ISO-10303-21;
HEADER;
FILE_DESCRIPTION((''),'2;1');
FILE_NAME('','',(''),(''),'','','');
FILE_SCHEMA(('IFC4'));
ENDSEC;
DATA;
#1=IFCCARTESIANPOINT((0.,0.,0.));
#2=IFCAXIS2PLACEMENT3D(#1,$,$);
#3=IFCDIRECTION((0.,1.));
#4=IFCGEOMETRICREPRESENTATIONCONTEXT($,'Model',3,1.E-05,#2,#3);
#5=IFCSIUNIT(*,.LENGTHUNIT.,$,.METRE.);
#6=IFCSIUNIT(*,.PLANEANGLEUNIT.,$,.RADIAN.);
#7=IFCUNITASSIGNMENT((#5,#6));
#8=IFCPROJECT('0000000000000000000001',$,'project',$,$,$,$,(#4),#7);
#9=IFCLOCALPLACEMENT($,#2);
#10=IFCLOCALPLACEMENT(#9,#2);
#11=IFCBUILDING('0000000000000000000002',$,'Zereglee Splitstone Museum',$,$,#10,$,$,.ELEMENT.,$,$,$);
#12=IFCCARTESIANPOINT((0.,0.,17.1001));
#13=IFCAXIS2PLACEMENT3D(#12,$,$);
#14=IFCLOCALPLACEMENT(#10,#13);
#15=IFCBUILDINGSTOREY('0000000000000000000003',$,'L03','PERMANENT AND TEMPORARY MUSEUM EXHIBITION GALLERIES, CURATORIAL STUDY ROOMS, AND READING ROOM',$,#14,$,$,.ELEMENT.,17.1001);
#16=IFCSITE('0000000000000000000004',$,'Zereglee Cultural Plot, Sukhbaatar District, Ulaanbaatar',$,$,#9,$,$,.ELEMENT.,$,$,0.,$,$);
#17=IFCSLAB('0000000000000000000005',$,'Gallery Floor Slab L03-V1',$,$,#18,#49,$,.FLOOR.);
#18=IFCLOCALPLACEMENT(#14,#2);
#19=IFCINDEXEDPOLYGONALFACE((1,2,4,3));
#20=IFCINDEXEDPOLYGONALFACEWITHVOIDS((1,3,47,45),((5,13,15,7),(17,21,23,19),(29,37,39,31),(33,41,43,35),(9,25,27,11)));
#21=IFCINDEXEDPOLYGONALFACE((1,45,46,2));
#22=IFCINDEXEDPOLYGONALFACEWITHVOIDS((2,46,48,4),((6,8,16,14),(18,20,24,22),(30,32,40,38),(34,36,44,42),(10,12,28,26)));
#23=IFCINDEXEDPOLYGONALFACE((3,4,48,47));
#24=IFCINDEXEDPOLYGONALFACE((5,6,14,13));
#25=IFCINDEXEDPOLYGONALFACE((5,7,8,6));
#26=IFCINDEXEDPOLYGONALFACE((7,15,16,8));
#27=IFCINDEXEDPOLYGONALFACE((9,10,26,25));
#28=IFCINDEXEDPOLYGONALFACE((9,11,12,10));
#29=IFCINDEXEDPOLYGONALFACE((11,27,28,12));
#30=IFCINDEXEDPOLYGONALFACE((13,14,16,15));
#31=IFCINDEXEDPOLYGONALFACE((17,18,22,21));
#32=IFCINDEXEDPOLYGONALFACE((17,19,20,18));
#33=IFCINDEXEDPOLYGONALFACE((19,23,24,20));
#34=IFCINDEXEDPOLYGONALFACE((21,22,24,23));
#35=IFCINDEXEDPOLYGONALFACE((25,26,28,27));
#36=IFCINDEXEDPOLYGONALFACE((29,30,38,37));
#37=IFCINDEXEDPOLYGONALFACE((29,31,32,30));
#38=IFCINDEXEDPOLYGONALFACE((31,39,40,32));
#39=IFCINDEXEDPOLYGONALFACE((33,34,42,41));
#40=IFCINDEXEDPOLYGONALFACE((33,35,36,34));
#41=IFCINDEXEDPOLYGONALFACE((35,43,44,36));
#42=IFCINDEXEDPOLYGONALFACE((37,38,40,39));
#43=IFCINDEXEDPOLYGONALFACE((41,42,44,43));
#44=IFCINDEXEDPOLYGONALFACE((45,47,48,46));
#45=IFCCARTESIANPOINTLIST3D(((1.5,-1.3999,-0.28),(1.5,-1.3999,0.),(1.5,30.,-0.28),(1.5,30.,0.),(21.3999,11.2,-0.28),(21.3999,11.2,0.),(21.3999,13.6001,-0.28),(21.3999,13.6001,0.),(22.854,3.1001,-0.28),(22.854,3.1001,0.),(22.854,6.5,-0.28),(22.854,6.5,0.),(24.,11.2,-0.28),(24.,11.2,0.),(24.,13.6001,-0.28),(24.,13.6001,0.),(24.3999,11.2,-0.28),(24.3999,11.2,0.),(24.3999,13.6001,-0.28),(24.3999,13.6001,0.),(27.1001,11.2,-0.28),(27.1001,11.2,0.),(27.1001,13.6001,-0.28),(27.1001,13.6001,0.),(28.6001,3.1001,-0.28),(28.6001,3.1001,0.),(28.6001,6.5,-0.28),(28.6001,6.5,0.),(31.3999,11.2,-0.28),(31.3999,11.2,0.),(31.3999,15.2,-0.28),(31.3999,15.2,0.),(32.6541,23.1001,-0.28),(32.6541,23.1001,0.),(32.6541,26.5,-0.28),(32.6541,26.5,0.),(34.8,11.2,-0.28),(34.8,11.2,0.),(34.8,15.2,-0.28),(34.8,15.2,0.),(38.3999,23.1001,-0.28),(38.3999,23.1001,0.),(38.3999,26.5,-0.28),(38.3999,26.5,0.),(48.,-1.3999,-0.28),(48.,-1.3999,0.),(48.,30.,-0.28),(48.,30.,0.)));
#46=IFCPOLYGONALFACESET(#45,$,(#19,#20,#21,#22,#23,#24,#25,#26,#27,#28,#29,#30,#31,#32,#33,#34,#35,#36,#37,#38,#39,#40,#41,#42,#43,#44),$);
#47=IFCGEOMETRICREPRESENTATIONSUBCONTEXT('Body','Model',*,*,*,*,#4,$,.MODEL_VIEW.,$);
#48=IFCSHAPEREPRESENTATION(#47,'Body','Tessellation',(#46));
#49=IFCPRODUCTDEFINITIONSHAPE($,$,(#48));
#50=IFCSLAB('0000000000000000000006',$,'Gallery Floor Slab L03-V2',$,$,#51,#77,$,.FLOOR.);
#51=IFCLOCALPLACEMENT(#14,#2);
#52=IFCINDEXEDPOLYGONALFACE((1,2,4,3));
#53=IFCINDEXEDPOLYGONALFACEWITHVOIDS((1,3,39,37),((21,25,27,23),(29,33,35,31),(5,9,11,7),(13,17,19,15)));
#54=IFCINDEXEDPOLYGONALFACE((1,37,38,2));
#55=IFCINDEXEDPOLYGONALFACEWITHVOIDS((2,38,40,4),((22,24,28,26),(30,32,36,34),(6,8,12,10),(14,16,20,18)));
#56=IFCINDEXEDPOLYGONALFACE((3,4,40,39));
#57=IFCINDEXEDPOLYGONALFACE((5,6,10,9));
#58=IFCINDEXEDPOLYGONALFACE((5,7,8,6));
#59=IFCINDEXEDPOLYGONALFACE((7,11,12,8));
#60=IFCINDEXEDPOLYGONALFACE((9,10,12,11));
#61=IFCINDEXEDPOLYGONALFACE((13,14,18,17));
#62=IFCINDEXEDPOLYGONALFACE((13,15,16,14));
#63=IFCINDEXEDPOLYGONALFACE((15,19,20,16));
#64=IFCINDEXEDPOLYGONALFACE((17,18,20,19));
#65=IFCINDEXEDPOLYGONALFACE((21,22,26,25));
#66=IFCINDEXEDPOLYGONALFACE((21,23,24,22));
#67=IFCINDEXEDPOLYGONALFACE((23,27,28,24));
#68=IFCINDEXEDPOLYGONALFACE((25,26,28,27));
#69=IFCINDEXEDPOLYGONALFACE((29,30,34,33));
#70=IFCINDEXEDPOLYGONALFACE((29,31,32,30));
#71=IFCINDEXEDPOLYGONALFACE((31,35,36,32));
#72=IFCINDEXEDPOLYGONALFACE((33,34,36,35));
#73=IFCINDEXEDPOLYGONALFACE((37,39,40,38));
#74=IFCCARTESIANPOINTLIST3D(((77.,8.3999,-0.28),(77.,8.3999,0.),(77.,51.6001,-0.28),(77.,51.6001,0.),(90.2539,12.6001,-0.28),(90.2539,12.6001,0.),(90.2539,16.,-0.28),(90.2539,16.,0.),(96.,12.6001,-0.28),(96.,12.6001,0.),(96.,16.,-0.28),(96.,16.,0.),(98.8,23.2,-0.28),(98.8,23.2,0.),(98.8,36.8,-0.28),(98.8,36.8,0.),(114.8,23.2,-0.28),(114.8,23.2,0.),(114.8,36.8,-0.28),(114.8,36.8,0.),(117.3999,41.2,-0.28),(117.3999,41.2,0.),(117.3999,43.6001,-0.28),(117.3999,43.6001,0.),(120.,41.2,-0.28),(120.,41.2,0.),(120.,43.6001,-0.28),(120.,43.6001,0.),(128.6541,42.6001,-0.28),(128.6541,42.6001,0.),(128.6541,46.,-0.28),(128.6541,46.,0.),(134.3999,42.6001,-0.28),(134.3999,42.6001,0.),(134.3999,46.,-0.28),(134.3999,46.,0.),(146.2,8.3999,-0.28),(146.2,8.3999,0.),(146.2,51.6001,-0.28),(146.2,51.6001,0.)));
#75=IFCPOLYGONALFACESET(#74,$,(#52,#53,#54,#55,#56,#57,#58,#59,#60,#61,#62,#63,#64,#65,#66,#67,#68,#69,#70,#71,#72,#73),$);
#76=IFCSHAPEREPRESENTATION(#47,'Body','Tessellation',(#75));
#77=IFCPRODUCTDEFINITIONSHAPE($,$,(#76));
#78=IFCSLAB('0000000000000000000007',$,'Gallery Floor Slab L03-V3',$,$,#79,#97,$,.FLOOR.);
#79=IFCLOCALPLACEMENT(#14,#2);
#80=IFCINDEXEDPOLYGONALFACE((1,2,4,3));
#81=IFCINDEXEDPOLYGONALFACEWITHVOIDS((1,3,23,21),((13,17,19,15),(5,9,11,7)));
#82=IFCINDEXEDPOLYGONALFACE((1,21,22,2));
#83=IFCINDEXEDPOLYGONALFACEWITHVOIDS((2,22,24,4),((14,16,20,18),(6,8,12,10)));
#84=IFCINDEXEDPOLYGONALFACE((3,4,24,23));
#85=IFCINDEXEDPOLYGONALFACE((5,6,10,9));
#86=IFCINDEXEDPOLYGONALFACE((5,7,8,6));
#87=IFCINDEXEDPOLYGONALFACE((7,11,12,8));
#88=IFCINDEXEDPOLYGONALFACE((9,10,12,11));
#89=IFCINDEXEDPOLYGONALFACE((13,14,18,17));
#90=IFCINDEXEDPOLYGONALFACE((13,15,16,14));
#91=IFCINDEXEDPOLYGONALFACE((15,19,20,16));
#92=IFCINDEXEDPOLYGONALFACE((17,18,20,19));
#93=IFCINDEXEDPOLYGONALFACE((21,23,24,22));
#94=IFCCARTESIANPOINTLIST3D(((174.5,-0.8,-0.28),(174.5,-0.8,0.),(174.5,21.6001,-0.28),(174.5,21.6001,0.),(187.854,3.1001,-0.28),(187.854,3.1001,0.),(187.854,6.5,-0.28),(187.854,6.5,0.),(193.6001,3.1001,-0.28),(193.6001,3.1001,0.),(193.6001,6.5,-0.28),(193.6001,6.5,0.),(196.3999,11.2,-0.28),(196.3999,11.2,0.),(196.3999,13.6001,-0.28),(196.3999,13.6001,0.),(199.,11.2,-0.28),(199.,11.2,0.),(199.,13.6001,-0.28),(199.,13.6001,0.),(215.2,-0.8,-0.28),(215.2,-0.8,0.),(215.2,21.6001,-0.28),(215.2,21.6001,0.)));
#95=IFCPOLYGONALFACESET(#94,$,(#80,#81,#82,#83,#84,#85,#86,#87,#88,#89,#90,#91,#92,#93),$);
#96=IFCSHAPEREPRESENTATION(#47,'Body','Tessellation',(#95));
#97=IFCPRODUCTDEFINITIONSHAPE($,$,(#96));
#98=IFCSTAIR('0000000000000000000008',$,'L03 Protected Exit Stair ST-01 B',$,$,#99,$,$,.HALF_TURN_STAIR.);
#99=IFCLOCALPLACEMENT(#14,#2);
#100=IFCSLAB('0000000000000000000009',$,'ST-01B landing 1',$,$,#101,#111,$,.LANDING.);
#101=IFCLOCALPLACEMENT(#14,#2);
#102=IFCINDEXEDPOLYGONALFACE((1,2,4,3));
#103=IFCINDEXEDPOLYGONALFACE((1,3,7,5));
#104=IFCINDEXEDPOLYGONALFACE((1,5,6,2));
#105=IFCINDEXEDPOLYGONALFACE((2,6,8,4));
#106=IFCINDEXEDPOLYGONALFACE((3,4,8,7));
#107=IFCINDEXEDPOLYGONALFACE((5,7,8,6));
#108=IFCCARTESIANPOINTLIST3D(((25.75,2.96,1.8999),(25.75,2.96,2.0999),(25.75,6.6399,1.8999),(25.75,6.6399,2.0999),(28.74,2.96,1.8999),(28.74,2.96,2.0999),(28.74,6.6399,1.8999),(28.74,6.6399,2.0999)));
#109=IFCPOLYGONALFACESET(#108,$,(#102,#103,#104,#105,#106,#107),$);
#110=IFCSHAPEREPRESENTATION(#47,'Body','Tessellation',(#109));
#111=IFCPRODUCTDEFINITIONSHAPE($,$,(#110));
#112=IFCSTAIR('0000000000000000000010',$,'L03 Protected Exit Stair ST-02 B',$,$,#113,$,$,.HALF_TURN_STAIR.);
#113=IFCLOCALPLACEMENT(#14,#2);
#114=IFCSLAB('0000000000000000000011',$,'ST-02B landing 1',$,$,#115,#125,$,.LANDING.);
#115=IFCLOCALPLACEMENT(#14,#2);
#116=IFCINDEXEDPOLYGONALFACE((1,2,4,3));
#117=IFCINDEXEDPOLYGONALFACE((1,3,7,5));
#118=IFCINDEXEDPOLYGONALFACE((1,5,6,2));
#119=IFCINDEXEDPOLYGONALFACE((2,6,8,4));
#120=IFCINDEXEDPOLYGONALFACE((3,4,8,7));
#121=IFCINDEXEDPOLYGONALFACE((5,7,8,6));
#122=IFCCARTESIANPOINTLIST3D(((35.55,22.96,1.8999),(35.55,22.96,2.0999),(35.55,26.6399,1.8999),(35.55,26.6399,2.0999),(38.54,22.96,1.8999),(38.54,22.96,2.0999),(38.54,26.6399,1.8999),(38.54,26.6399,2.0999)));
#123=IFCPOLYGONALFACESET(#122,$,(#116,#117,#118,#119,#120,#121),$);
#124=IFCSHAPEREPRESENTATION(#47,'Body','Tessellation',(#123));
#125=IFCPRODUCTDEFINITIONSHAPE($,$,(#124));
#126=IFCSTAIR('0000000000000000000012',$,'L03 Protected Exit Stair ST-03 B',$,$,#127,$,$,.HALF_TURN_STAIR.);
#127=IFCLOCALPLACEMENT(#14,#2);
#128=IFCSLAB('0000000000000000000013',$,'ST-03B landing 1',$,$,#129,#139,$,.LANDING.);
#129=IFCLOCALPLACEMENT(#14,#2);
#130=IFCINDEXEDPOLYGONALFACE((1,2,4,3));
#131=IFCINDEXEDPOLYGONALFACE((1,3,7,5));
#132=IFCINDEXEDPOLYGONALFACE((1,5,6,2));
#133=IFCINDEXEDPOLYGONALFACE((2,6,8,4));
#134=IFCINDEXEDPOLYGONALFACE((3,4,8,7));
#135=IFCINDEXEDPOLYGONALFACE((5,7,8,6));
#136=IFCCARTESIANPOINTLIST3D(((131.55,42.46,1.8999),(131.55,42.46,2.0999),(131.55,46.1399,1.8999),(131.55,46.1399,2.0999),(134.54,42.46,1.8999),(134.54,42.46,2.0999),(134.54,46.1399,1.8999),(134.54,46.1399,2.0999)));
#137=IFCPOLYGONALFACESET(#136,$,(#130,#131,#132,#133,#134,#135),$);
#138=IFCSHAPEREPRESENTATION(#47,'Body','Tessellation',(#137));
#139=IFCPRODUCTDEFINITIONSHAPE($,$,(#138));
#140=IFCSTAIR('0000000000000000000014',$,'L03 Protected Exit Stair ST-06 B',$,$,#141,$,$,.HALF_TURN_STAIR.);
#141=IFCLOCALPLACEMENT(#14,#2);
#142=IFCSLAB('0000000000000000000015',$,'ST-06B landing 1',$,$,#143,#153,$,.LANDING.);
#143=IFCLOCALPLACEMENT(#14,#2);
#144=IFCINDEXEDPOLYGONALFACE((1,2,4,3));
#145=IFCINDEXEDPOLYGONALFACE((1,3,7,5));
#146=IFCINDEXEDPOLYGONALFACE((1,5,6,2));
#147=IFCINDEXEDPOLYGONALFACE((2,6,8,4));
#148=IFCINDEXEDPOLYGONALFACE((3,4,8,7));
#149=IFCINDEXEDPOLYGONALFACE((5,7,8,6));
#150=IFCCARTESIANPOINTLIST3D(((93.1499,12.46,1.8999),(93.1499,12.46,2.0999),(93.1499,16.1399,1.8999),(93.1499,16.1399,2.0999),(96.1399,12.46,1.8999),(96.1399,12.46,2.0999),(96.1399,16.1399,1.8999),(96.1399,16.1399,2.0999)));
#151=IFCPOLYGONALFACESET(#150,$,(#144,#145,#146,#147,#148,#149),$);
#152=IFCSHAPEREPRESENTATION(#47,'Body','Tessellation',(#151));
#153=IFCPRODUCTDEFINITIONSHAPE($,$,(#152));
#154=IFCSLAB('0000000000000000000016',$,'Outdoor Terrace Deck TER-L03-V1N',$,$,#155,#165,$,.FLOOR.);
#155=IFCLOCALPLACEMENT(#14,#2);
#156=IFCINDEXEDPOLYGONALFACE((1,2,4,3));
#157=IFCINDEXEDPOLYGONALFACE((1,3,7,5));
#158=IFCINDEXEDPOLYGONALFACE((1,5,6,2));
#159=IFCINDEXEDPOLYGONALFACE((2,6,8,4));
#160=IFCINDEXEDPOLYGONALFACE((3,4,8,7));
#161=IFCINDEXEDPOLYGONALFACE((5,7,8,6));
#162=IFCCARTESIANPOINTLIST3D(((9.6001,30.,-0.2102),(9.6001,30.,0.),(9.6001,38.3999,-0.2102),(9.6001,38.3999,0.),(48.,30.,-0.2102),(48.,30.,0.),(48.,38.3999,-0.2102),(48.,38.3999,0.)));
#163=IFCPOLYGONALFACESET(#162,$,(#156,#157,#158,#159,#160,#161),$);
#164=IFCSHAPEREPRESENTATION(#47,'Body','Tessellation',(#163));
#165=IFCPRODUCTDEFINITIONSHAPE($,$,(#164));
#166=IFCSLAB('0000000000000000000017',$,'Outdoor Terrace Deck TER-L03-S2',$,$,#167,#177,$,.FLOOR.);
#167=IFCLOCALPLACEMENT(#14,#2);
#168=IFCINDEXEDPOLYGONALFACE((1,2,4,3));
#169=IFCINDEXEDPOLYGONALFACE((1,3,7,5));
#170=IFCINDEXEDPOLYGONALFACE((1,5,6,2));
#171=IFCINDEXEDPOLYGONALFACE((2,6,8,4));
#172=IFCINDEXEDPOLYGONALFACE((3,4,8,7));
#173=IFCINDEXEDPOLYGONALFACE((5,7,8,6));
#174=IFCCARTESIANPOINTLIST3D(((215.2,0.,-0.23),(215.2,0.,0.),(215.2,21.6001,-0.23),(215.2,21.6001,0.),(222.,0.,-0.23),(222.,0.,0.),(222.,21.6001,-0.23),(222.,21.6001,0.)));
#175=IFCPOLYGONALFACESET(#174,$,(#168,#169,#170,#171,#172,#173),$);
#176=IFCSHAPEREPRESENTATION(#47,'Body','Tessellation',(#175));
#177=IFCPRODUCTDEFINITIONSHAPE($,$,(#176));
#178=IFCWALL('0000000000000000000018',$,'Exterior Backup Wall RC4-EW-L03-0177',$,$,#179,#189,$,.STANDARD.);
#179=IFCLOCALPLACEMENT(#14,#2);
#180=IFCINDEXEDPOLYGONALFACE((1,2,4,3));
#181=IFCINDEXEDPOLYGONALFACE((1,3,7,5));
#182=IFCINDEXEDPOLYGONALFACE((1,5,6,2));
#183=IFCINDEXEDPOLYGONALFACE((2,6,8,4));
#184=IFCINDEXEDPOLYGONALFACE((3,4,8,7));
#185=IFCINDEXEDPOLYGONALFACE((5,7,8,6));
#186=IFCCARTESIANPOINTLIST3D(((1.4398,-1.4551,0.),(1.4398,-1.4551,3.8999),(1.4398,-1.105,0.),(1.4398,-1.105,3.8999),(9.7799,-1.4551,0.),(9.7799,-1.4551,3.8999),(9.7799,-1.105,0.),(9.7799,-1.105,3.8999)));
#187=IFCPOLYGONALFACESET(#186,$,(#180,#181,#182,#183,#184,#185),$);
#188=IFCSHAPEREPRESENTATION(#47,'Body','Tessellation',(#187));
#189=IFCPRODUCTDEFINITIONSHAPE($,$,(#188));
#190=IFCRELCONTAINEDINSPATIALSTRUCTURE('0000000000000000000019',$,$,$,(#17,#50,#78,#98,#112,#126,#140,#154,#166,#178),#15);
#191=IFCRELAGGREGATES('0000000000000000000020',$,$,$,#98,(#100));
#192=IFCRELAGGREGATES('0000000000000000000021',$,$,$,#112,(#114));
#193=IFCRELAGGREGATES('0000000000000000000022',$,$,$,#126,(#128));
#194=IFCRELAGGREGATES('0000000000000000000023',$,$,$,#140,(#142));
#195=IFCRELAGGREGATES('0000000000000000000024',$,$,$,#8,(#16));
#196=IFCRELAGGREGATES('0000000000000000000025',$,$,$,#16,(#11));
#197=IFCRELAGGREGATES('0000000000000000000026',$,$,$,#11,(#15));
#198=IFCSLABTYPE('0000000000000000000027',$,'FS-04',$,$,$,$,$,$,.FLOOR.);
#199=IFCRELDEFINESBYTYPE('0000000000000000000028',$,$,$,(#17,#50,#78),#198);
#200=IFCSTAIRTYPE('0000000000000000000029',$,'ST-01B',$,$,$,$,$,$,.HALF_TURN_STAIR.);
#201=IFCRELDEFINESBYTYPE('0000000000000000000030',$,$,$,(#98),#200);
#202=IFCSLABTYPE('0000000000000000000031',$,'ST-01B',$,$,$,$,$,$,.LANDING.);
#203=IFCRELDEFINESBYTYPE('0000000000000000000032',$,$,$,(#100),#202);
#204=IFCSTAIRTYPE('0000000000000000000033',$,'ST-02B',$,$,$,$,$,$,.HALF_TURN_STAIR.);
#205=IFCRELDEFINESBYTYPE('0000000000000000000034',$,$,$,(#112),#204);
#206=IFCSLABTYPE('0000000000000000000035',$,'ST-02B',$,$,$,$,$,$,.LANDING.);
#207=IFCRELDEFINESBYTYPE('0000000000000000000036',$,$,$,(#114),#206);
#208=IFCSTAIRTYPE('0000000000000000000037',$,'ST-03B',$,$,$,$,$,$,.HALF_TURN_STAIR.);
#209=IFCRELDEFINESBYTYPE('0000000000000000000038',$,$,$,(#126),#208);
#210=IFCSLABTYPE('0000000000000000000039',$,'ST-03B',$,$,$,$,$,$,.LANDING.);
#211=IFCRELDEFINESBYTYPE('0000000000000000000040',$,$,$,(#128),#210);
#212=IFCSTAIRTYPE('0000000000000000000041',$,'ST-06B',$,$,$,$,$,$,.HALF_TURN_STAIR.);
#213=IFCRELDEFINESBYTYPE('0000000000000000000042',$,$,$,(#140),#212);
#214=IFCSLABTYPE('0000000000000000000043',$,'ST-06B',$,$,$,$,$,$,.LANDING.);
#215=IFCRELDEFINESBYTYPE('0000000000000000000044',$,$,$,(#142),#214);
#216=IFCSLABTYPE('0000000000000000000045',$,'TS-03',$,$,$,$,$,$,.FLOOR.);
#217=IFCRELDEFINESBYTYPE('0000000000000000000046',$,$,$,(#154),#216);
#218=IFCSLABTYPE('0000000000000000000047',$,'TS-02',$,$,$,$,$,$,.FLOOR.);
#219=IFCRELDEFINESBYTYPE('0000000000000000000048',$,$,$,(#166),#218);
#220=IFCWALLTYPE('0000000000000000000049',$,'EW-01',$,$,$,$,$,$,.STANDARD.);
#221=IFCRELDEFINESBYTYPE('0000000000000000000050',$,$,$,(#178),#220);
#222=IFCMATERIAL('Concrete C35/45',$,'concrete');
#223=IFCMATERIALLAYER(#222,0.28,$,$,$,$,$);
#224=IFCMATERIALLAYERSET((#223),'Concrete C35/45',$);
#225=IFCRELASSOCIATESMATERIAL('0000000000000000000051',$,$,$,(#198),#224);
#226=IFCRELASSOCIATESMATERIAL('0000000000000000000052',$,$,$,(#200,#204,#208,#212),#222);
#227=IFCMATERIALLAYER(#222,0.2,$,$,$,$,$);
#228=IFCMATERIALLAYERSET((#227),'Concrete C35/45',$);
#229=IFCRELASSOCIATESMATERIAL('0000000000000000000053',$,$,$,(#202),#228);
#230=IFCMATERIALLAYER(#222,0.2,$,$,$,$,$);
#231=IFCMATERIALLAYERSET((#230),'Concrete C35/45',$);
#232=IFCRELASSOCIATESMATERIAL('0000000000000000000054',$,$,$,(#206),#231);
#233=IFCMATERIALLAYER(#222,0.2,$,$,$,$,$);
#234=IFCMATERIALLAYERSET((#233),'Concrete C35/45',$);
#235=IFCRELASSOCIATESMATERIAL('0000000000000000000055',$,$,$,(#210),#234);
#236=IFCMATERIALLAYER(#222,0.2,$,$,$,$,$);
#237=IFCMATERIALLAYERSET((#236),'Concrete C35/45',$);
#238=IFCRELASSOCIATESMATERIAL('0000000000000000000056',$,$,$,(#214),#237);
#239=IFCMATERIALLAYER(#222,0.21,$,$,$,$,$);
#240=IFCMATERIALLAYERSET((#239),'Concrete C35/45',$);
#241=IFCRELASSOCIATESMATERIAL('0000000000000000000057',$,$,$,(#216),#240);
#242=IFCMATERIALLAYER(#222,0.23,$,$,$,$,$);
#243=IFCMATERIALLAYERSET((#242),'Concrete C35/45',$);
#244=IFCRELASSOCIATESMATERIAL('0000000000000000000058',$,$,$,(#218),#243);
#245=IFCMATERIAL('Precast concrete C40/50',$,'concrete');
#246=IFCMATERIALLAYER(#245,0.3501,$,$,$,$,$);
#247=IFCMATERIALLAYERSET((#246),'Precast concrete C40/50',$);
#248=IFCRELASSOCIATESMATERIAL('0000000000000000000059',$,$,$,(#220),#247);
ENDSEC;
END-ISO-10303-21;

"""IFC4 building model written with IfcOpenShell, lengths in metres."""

from ifc_helpers import new_model, si_unit, direction, frame, frame_2d, origin, place, context, subcontext, project, spatial, polyline, rectangle, outline, extrude, material, layer, layer_set, type_object, element, aggregate, save


model = new_model("IFC4")

# Units and contexts
model_context = context("Model", 3, precision=1e-05, world=origin(), true_north=direction((0.0, 1.0)))
body_context = subcontext(model_context, "Body", "Model", "MODEL_VIEW")
ifc_project = project(units=[si_unit("LENGTHUNIT", "METRE"), si_unit("PLANEANGLEUNIT", "RADIAN")], contexts=[model_context])

# Site, building, storey
site_placement = place(None, origin())
site = spatial("IfcSite", under=ifc_project, at=site_placement, Name="Zereglee Cultural Plot, Sukhbaatar District, Ulaanbaatar", CompositionType="ELEMENT", RefElevation=0.0)
building_placement = place(site_placement, origin())
building = spatial("IfcBuilding", under=site, at=building_placement, Name="Zereglee Splitstone Museum", CompositionType="ELEMENT")
storey_placement = place(building_placement, frame((0.0, 0.0, 17.1001)))
storey = spatial("IfcBuildingStorey", under=building, at=storey_placement, Name="L03", Description="PERMANENT AND TEMPORARY MUSEUM EXHIBITION GALLERIES, CURATORIAL STUDY ROOMS, AND READING ROOM", CompositionType="ELEMENT", Elevation=17.1001)

# Slabs
ifc_material_1 = material(Name="Concrete C35/45", Category="concrete")
ifc_layer_1 = layer(ifc_material_1, 0.28)
ifc_layer_set_1 = layer_set([ifc_layer_1], Name="Concrete C35/45")
slab_type_1 = type_object("IfcSlabType", Name="FS-04", PredefinedType="FLOOR", material=ifc_layer_set_1)
slab_1_placement = place(storey_placement, frame((0.0, 0.0, -0.28)))
element("IfcSlab", 1, at=slab_1_placement, inside=storey, type_object=slab_type_1, Name="Gallery Floor Slab L03-V1", PredefinedType="FLOOR", context=body_context, shape_type="SweptSolid", body=[
    extrude(outline(polyline([(1.5, -1.3999), (48.0, -1.3999), (48.0, 30.0), (1.5, 30.0), (1.5, -1.3999)]), holes=[polyline([(22.854, 3.1001), (28.6001, 3.1001), (28.6001, 6.5), (22.854, 6.5), (22.854, 3.1001)]), polyline([(32.6541, 23.1001), (38.3999, 23.1001), (38.3999, 26.5), (32.6541, 26.5), (32.6541, 23.1001)]), polyline([(21.3999, 11.2), (24.0, 11.2), (24.0, 13.6001), (21.3999, 13.6001), (21.3999, 11.2)]), polyline([(24.3999, 11.2), (27.1001, 11.2), (27.1001, 13.6001), (24.3999, 13.6001), (24.3999, 11.2)]), polyline([(31.3999, 11.2), (34.8, 11.2), (34.8, 15.2), (31.3999, 15.2), (31.3999, 11.2)])]), origin(), (0.0, 0.0, 1.0), 0.28),
])
slab_2_placement = place(storey_placement, frame((0.0, 0.0, -0.28)))
element("IfcSlab", 2, at=slab_2_placement, inside=storey, type_object=slab_type_1, Name="Gallery Floor Slab L03-V2", PredefinedType="FLOOR", context=body_context, shape_type="SweptSolid", body=[
    extrude(outline(polyline([(77.0, 8.3999), (146.2, 8.3999), (146.2, 51.6001), (77.0, 51.6001), (77.0, 8.3999)]), holes=[polyline([(98.8, 23.2), (114.8, 23.2), (114.8, 36.8), (98.8, 36.8), (98.8, 23.2)]), polyline([(128.6541, 42.6001), (134.3999, 42.6001), (134.3999, 46.0), (128.6541, 46.0), (128.6541, 42.6001)]), polyline([(90.2539, 12.6001), (96.0, 12.6001), (96.0, 16.0), (90.2539, 16.0), (90.2539, 12.6001)]), polyline([(117.3999, 41.2), (120.0, 41.2), (120.0, 43.6001), (117.3999, 43.6001), (117.3999, 41.2)])]), origin(), (0.0, 0.0, 1.0), 0.28),
])
slab_3_placement = place(storey_placement, frame((0.0, 0.0, -0.28)))
element("IfcSlab", 3, at=slab_3_placement, inside=storey, type_object=slab_type_1, Name="Gallery Floor Slab L03-V3", PredefinedType="FLOOR", context=body_context, shape_type="SweptSolid", body=[
    extrude(outline(polyline([(174.5, -0.8), (215.2, -0.8), (215.2, 21.6001), (174.5, 21.6001), (174.5, -0.8)]), holes=[polyline([(187.854, 3.1001), (193.6001, 3.1001), (193.6001, 6.5), (187.854, 6.5), (187.854, 3.1001)]), polyline([(196.3999, 11.2), (199.0, 11.2), (199.0, 13.6001), (196.3999, 13.6001), (196.3999, 11.2)])]), origin(), (0.0, 0.0, 1.0), 0.28),
])

# Stairs, slabs
stair_type_1 = type_object("IfcStairType", Name="ST-01B", PredefinedType="HALF_TURN_STAIR", material=ifc_material_1)
stair_1_placement = place(storey_placement, origin())
stair_1 = element("IfcStair", 4, at=stair_1_placement, inside=storey, type_object=stair_type_1, Name="L03 Protected Exit Stair ST-01 B", PredefinedType="HALF_TURN_STAIR")
ifc_layer_2 = layer(ifc_material_1, 0.2)
ifc_layer_set_2 = layer_set([ifc_layer_2], Name="Concrete C35/45")
slab_type_2 = type_object("IfcSlabType", Name="ST-01B", PredefinedType="LANDING", material=ifc_layer_set_2)
slab_4_placement = place(storey_placement, frame((0.0, 0.0, 1.8999)))
slab_4 = element("IfcSlab", 5, at=slab_4_placement, type_object=slab_type_2, Name="ST-01B landing 1", PredefinedType="LANDING", context=body_context, shape_type="SweptSolid", body=[
    extrude(outline(polyline([(25.75, 2.96), (28.74, 2.96), (28.74, 6.6399), (25.75, 6.6399), (25.75, 2.96)])), origin(), (0.0, 0.0, 1.0), 0.2),
])
aggregate(stair_1, [slab_4])
stair_type_2 = type_object("IfcStairType", Name="ST-02B", PredefinedType="HALF_TURN_STAIR", material=ifc_material_1)
stair_2_placement = place(storey_placement, origin())
stair_2 = element("IfcStair", 6, at=stair_2_placement, inside=storey, type_object=stair_type_2, Name="L03 Protected Exit Stair ST-02 B", PredefinedType="HALF_TURN_STAIR")
ifc_layer_3 = layer(ifc_material_1, 0.2)
ifc_layer_set_3 = layer_set([ifc_layer_3], Name="Concrete C35/45")
slab_type_3 = type_object("IfcSlabType", Name="ST-02B", PredefinedType="LANDING", material=ifc_layer_set_3)
slab_5_placement = place(storey_placement, frame((0.0, 0.0, 1.8999)))
slab_5 = element("IfcSlab", 7, at=slab_5_placement, type_object=slab_type_3, Name="ST-02B landing 1", PredefinedType="LANDING", context=body_context, shape_type="SweptSolid", body=[
    extrude(outline(polyline([(35.55, 22.96), (38.54, 22.96), (38.54, 26.6399), (35.55, 26.6399), (35.55, 22.96)])), origin(), (0.0, 0.0, 1.0), 0.2),
])
aggregate(stair_2, [slab_5])
stair_type_3 = type_object("IfcStairType", Name="ST-03B", PredefinedType="HALF_TURN_STAIR", material=ifc_material_1)
stair_3_placement = place(storey_placement, origin())
stair_3 = element("IfcStair", 8, at=stair_3_placement, inside=storey, type_object=stair_type_3, Name="L03 Protected Exit Stair ST-03 B", PredefinedType="HALF_TURN_STAIR")
ifc_layer_4 = layer(ifc_material_1, 0.2)
ifc_layer_set_4 = layer_set([ifc_layer_4], Name="Concrete C35/45")
slab_type_4 = type_object("IfcSlabType", Name="ST-03B", PredefinedType="LANDING", material=ifc_layer_set_4)
slab_6_placement = place(storey_placement, frame((0.0, 0.0, 1.8999)))
slab_6 = element("IfcSlab", 9, at=slab_6_placement, type_object=slab_type_4, Name="ST-03B landing 1", PredefinedType="LANDING", context=body_context, shape_type="SweptSolid", body=[
    extrude(outline(polyline([(131.55, 42.46), (134.54, 42.46), (134.54, 46.1399), (131.55, 46.1399), (131.55, 42.46)])), origin(), (0.0, 0.0, 1.0), 0.2),
])
aggregate(stair_3, [slab_6])
stair_type_4 = type_object("IfcStairType", Name="ST-06B", PredefinedType="HALF_TURN_STAIR", material=ifc_material_1)
stair_4_placement = place(storey_placement, origin())
stair_4 = element("IfcStair", 10, at=stair_4_placement, inside=storey, type_object=stair_type_4, Name="L03 Protected Exit Stair ST-06 B", PredefinedType="HALF_TURN_STAIR")
ifc_layer_5 = layer(ifc_material_1, 0.2)
ifc_layer_set_5 = layer_set([ifc_layer_5], Name="Concrete C35/45")
slab_type_5 = type_object("IfcSlabType", Name="ST-06B", PredefinedType="LANDING", material=ifc_layer_set_5)
slab_7_placement = place(storey_placement, frame((0.0, 0.0, 1.8999)))
slab_7 = element("IfcSlab", 11, at=slab_7_placement, type_object=slab_type_5, Name="ST-06B landing 1", PredefinedType="LANDING", context=body_context, shape_type="SweptSolid", body=[
    extrude(outline(polyline([(93.1499, 12.46), (96.1399, 12.46), (96.1399, 16.1399), (93.1499, 16.1399), (93.1499, 12.46)])), origin(), (0.0, 0.0, 1.0), 0.2),
])
aggregate(stair_4, [slab_7])

# Slabs
ifc_layer_6 = layer(ifc_material_1, 0.21)
ifc_layer_set_6 = layer_set([ifc_layer_6], Name="Concrete C35/45")
slab_type_6 = type_object("IfcSlabType", Name="TS-03", PredefinedType="FLOOR", material=ifc_layer_set_6)
slab_8_placement = place(storey_placement, frame((0.0, 0.0, -0.2102)))
element("IfcSlab", 12, at=slab_8_placement, inside=storey, type_object=slab_type_6, Name="Outdoor Terrace Deck TER-L03-V1N", PredefinedType="FLOOR", context=body_context, shape_type="SweptSolid", body=[
    extrude(outline(polyline([(9.6001, 30.0), (48.0, 30.0), (48.0, 38.3999), (9.6001, 38.3999), (9.6001, 30.0)])), origin(), (0.0, 0.0, 1.0), 0.2102),
])
ifc_layer_7 = layer(ifc_material_1, 0.23)
ifc_layer_set_7 = layer_set([ifc_layer_7], Name="Concrete C35/45")
slab_type_7 = type_object("IfcSlabType", Name="TS-02", PredefinedType="FLOOR", material=ifc_layer_set_7)
slab_9_placement = place(storey_placement, frame((0.0, 0.0, -0.23)))
element("IfcSlab", 13, at=slab_9_placement, inside=storey, type_object=slab_type_7, Name="Outdoor Terrace Deck TER-L03-S2", PredefinedType="FLOOR", context=body_context, shape_type="SweptSolid", body=[
    extrude(outline(polyline([(215.2, 0.0), (222.0, 0.0), (222.0, 21.6001), (215.2, 21.6001), (215.2, 0.0)])), origin(), (0.0, 0.0, 1.0), 0.23),
])

# Wall
ifc_material_2 = material(Name="Precast concrete C40/50", Category="concrete")
ifc_layer_8 = layer(ifc_material_2, 0.3501)
ifc_layer_set_8 = layer_set([ifc_layer_8], Name="Precast concrete C40/50")
wall_type = type_object("IfcWallType", Name="EW-01", PredefinedType="STANDARD", material=ifc_layer_set_8)
wall_placement = place(storey_placement, frame((1.4399, -1.28, 0.0), z_axis=(0.0, 0.0, 1.0), x_axis=(1.0, 0.0, 0.0)))
element("IfcWall", 14, at=wall_placement, inside=storey, type_object=wall_type, Name="Exterior Backup Wall RC4-EW-L03-0177", PredefinedType="STANDARD", context=body_context, shape_type="SweptSolid", body=[
    extrude(rectangle(XDim=8.3401, YDim=0.3501, at=frame_2d((4.1699, 0.0))), origin(), (0.0, 0.0, 1.0), 3.8999),
])

save(model, "model.ifc")
